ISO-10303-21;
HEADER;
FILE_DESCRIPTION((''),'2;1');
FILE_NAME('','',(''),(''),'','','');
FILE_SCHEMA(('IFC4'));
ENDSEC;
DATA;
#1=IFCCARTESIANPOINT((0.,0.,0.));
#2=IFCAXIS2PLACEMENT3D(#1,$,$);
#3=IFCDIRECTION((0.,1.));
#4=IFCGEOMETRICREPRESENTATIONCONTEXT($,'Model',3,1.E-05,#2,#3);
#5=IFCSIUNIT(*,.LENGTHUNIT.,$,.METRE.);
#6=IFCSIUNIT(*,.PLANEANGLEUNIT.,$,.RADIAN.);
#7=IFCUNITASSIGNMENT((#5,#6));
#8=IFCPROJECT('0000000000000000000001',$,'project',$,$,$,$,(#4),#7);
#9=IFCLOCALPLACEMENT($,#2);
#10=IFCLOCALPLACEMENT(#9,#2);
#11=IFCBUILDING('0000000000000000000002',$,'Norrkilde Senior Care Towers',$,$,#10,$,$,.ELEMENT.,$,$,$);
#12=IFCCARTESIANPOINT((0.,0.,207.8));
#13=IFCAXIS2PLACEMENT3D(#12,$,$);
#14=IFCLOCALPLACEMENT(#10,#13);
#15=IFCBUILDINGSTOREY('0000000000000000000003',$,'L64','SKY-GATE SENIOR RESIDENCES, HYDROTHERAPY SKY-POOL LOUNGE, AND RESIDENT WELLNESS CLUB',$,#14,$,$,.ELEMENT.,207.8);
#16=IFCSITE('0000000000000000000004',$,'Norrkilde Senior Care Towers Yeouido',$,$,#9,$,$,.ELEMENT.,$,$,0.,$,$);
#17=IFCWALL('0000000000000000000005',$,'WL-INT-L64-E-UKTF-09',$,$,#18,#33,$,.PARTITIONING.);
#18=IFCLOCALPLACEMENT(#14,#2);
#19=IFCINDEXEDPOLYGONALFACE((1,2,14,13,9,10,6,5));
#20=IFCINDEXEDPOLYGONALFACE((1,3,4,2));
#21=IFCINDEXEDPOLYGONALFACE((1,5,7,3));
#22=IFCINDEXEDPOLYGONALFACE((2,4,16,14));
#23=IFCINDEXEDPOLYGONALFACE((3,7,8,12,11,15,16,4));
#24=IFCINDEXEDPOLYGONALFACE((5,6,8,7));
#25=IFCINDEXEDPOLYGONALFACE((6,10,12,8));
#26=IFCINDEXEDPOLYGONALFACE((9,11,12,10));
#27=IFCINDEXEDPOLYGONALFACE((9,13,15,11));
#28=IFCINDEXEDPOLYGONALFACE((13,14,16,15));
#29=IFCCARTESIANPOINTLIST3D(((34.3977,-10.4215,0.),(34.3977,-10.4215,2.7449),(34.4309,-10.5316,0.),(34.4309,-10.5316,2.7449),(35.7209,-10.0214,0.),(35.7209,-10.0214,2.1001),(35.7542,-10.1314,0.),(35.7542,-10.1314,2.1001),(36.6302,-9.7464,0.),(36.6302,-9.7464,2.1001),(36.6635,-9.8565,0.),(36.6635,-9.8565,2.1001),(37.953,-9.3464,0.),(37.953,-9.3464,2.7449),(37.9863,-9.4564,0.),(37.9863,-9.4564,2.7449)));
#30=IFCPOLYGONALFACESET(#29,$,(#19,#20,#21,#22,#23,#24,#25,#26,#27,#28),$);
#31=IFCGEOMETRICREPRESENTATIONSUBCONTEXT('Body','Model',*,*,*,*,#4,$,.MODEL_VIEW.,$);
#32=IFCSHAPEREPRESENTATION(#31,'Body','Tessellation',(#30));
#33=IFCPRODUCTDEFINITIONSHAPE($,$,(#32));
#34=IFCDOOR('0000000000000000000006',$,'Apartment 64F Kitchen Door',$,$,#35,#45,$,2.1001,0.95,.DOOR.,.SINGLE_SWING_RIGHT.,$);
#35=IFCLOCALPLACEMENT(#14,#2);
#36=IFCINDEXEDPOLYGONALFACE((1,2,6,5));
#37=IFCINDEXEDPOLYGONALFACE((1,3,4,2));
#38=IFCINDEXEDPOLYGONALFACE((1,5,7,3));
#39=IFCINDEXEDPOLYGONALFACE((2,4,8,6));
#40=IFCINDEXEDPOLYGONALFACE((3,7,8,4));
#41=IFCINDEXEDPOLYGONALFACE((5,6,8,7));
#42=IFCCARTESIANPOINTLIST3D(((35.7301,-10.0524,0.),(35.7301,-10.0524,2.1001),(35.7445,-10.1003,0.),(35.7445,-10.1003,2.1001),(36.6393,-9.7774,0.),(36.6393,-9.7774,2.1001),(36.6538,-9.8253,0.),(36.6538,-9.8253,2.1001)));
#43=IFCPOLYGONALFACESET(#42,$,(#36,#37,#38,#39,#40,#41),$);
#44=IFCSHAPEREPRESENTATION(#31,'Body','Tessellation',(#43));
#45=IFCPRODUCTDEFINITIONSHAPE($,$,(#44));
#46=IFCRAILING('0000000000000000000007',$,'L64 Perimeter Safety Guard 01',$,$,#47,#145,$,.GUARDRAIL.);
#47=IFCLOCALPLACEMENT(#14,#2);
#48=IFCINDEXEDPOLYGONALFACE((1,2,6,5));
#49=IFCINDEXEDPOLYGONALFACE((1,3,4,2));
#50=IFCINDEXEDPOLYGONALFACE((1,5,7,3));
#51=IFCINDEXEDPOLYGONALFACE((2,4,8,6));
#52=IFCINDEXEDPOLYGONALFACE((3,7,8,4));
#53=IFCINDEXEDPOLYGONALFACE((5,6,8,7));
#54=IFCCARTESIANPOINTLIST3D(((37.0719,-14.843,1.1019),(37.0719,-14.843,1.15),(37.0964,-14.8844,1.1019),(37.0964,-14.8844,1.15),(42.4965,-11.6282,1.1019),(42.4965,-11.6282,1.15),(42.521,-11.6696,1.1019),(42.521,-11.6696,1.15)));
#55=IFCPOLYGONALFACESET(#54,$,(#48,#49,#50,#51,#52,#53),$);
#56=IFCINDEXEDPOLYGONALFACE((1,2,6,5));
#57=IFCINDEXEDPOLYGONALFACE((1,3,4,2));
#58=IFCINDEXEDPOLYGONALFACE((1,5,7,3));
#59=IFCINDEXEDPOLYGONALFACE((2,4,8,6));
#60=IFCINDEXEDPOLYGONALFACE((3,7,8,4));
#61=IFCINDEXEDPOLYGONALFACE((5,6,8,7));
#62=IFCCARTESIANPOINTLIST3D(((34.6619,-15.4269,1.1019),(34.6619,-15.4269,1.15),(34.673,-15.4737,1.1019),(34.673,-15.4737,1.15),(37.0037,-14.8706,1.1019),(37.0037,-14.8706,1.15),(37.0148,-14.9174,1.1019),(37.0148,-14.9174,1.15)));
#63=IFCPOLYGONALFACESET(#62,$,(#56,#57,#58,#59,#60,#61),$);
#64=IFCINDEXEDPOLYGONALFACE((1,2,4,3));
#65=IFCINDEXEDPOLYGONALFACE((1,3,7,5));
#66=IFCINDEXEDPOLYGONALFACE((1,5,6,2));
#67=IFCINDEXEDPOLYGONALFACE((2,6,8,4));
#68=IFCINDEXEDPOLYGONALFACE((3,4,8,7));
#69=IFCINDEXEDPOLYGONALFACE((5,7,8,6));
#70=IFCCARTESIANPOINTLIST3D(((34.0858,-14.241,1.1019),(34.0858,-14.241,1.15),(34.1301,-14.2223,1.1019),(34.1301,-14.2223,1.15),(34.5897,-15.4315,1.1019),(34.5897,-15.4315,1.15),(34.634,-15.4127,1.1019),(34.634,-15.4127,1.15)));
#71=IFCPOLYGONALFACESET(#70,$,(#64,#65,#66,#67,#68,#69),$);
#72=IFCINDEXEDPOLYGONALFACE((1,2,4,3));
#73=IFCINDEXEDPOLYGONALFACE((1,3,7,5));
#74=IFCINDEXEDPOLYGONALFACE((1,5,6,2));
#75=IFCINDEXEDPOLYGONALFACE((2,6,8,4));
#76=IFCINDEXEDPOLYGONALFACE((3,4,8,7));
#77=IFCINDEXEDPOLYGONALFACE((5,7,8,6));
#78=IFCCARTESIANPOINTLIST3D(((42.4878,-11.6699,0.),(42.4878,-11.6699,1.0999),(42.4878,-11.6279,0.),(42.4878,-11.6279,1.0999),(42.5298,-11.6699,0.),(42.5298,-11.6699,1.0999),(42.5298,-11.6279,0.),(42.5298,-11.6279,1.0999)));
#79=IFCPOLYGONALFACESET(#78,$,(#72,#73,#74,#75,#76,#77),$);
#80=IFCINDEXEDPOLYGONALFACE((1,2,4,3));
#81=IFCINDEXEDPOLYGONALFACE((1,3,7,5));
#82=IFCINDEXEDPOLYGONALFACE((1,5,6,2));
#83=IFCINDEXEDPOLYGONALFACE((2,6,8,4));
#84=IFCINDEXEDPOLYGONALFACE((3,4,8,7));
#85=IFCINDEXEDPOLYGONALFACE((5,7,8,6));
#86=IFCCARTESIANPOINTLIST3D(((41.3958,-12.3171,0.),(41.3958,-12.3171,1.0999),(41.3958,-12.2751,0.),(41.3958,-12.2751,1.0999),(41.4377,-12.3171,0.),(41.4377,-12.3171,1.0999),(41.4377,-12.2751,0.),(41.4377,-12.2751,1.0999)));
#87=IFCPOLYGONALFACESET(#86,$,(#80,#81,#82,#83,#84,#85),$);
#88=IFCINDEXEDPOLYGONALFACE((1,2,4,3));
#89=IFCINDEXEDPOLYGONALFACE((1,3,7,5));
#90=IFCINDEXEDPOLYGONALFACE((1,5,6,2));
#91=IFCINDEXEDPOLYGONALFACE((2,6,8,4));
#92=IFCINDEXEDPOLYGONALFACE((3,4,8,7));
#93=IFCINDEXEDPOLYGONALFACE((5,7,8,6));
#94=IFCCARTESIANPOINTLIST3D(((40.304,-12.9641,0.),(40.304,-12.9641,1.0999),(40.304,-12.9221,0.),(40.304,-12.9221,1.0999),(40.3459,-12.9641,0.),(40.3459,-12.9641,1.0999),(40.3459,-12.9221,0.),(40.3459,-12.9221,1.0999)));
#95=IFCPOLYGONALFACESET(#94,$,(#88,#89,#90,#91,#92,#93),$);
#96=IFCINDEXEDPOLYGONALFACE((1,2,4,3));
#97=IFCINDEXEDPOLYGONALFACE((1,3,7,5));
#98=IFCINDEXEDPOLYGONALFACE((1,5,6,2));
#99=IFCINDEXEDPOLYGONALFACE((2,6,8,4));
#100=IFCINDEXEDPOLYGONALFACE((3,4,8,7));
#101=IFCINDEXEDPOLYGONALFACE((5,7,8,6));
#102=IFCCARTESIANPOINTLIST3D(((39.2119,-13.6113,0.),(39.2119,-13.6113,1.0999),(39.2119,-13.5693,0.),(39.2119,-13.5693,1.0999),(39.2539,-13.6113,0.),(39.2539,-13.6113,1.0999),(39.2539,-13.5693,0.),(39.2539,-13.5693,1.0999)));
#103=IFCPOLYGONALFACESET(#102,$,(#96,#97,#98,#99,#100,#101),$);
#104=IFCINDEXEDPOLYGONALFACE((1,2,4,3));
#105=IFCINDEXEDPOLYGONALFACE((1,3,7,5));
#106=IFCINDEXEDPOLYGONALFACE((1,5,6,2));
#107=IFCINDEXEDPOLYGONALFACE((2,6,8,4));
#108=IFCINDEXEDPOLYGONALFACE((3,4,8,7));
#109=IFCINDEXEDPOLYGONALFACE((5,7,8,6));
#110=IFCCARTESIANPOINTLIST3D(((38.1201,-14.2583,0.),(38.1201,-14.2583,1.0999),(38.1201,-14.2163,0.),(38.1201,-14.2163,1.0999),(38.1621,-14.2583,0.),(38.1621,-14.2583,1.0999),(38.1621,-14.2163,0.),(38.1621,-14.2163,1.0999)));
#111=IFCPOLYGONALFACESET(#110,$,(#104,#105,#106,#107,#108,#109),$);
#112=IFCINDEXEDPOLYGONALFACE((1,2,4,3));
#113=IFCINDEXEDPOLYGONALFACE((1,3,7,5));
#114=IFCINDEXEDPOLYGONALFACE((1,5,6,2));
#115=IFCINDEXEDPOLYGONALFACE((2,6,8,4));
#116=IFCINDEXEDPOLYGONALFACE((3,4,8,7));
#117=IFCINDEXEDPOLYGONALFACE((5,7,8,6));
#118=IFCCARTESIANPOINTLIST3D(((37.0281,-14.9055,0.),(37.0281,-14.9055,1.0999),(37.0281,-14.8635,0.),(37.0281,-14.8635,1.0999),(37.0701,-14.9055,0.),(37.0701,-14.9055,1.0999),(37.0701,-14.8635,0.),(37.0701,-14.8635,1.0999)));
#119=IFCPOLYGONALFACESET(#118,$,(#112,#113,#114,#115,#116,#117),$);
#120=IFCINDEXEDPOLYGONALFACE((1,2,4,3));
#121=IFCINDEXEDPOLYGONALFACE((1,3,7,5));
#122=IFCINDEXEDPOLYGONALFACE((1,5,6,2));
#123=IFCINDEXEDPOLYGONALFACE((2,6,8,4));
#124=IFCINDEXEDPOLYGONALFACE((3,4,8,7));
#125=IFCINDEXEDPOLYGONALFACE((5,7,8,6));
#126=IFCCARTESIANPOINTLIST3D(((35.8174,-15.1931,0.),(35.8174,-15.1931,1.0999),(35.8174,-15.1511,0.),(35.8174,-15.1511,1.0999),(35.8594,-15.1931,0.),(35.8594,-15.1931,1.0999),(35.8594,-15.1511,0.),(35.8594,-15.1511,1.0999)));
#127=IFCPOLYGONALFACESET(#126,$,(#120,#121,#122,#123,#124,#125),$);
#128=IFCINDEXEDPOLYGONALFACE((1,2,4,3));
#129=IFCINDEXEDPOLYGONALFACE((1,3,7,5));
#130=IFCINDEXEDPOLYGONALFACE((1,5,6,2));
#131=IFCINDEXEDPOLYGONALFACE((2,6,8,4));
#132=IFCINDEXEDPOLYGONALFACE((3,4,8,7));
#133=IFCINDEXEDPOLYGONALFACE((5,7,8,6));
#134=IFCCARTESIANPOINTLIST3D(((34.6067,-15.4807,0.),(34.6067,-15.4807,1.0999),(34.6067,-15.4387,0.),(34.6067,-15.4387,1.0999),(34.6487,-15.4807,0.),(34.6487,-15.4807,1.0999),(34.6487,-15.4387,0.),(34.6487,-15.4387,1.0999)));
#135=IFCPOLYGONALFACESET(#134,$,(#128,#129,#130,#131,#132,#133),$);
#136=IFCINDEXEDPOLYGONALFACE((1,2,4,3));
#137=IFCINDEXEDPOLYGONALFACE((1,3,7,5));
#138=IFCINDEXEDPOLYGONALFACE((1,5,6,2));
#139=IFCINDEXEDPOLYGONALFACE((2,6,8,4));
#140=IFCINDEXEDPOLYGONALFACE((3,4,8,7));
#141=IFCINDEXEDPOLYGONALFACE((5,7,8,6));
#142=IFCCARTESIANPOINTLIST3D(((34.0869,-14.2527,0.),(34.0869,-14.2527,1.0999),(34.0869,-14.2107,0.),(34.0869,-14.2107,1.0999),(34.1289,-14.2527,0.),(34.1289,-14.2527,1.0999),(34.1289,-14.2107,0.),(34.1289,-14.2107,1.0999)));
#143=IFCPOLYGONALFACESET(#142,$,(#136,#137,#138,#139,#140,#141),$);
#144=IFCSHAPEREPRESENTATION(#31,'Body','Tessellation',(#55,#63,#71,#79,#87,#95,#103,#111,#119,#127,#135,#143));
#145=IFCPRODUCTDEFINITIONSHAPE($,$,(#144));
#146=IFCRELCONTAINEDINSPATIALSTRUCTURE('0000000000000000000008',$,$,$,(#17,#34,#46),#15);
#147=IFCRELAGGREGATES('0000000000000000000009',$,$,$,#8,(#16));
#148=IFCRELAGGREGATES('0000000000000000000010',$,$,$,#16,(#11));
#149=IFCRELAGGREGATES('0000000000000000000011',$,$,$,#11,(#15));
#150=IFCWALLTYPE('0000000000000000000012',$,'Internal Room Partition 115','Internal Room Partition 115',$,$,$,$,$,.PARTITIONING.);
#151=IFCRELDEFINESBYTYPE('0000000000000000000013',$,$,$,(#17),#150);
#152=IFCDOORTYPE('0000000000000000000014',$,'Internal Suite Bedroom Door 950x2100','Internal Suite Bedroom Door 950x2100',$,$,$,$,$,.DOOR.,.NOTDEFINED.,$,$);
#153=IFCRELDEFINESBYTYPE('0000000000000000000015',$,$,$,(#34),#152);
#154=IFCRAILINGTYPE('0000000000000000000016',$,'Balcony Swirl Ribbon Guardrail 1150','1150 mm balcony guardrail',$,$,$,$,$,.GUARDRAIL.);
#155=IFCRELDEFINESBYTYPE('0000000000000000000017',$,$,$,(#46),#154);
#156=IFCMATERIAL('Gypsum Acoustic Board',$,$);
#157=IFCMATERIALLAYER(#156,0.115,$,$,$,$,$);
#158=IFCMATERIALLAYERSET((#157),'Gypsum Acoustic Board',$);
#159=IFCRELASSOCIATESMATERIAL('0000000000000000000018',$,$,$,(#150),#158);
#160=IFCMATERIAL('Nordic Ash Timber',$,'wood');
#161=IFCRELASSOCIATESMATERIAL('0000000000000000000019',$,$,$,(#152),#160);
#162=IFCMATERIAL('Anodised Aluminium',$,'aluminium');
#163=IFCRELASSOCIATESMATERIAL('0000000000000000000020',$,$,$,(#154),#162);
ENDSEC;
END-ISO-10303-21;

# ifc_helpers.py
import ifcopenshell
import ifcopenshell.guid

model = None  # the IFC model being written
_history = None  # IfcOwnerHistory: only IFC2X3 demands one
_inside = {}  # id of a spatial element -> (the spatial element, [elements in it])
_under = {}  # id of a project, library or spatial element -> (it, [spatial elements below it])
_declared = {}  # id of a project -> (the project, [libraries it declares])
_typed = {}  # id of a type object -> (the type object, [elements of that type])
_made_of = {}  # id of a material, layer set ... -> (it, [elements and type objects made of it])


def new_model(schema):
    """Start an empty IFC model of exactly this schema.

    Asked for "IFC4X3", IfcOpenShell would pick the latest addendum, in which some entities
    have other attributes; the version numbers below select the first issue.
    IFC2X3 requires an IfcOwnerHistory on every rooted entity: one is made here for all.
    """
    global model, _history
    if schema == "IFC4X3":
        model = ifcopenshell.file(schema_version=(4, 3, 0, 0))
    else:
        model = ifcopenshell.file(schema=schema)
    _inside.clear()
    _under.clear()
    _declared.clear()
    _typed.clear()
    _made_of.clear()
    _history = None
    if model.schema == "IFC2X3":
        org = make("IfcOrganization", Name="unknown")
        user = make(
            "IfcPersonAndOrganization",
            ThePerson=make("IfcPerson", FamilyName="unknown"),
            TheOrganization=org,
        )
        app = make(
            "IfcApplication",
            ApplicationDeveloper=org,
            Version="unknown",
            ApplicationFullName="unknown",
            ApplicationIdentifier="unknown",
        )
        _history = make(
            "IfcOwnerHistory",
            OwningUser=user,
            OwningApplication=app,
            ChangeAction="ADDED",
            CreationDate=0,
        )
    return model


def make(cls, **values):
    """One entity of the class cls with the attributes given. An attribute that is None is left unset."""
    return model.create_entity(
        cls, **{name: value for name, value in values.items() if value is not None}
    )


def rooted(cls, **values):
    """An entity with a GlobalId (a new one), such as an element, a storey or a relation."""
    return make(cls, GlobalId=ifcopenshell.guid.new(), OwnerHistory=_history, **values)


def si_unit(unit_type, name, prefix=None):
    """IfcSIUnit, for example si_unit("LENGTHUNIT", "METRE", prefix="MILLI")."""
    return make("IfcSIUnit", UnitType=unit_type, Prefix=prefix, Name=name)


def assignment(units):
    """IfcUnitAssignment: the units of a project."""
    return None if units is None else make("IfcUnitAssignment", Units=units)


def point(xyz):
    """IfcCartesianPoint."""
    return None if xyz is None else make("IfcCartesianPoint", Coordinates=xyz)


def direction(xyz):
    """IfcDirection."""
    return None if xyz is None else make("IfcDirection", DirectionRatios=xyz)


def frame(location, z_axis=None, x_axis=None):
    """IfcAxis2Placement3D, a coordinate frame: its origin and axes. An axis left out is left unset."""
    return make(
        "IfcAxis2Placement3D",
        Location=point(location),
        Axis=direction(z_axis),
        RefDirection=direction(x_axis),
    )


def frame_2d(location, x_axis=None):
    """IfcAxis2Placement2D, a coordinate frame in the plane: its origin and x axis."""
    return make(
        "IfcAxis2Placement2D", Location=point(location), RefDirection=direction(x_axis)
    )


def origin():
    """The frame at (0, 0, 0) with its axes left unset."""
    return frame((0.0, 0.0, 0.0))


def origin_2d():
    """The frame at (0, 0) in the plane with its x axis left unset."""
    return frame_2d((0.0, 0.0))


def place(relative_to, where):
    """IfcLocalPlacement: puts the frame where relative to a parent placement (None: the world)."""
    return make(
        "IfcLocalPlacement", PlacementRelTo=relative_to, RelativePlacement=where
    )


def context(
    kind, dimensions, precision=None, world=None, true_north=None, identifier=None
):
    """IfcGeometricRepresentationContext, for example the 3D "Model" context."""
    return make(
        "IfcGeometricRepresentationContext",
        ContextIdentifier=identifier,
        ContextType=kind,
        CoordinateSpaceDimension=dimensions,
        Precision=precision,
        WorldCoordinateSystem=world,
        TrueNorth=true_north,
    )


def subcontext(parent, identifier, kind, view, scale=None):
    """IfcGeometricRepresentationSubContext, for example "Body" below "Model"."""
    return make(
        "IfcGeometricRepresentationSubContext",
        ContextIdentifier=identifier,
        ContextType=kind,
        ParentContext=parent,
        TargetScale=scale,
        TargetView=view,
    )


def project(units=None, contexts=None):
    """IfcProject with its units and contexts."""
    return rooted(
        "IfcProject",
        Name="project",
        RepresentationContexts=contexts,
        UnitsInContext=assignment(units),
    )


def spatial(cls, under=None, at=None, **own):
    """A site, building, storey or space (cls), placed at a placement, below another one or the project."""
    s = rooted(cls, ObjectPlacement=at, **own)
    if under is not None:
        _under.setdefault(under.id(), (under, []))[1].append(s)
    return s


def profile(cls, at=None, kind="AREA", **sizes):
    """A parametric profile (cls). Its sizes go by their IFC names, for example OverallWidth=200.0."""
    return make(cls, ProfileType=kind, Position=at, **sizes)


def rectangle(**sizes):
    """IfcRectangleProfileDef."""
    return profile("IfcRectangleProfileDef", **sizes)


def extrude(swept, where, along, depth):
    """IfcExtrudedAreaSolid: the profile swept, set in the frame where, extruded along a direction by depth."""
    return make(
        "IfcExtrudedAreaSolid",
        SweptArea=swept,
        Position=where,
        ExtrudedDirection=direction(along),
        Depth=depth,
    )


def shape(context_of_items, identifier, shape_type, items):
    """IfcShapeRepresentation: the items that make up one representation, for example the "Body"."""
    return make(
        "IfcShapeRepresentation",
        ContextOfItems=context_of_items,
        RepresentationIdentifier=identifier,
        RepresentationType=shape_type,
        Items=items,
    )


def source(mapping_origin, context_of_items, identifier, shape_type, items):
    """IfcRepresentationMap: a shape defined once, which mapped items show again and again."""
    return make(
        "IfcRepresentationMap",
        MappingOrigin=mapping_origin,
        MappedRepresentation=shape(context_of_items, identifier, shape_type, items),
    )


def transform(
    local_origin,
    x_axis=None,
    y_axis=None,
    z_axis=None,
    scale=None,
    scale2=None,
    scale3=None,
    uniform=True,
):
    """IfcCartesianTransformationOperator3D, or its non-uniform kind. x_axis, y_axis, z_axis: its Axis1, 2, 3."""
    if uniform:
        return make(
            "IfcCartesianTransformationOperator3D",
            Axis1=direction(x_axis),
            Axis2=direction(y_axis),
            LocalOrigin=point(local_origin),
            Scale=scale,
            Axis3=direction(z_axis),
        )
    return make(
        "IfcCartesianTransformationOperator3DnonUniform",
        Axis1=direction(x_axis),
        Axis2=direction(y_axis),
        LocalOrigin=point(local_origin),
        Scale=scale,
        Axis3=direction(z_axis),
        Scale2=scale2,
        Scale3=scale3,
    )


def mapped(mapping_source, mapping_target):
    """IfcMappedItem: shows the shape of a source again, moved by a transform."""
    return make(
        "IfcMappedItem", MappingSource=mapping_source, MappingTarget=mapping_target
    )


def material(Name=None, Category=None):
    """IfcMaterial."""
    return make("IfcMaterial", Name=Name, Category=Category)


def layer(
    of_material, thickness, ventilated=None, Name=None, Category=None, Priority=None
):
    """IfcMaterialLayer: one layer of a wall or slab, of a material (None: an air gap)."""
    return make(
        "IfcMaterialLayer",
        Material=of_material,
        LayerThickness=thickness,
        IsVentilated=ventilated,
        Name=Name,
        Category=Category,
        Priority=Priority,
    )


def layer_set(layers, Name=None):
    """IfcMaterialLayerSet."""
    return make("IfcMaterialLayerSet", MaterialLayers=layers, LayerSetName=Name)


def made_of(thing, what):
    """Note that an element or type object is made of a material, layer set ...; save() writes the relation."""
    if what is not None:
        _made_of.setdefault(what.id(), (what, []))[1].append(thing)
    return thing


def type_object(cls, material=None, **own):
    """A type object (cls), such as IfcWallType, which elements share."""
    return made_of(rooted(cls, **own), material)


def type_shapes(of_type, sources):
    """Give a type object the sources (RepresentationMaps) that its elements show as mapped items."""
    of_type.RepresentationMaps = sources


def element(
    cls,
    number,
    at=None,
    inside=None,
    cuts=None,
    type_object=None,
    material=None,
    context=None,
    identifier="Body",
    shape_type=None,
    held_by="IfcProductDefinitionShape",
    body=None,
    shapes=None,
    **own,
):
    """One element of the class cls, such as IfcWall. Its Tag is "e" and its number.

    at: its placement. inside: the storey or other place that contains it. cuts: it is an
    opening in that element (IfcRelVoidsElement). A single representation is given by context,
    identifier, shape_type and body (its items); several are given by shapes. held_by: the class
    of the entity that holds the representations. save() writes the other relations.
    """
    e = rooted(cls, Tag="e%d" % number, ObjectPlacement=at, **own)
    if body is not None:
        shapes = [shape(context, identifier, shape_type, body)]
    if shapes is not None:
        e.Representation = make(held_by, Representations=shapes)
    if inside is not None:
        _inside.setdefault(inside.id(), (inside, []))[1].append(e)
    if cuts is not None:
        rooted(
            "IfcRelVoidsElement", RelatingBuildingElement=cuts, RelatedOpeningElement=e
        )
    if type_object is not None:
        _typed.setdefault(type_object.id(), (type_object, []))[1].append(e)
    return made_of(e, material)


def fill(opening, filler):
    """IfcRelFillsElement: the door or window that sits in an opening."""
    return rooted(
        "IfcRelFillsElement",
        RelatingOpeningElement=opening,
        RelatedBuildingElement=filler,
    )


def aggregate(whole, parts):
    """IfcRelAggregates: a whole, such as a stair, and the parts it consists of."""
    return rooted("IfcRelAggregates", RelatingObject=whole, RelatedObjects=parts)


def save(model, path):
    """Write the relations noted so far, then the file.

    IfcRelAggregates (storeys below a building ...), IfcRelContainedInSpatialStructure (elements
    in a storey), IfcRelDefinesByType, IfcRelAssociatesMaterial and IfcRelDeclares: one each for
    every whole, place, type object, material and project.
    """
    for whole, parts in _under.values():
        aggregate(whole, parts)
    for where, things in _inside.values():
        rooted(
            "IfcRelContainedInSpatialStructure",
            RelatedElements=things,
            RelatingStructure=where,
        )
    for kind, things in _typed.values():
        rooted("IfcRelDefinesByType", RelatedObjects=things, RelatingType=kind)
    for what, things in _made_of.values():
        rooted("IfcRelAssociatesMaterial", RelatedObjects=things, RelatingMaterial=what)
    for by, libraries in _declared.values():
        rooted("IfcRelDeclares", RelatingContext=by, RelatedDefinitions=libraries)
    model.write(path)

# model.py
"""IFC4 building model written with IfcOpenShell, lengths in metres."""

from ifc_helpers import new_model, si_unit, direction, frame, frame_2d, origin, origin_2d, place, context, subcontext, project, spatial, rectangle, extrude, source, transform, mapped, material, layer, layer_set, type_object, type_shapes, element, fill, save


model = new_model("IFC4")

# Units and contexts
model_context = context("Model", 3, precision=1e-05, world=origin(), true_north=direction((0.0, 1.0)))
body_context = subcontext(model_context, "Body", "Model", "MODEL_VIEW")
ifc_project = project(units=[si_unit("LENGTHUNIT", "METRE"), si_unit("PLANEANGLEUNIT", "RADIAN")], contexts=[model_context])

# Site, building, storey
site_placement = place(None, origin())
site = spatial("IfcSite", under=ifc_project, at=site_placement, Name="Norrkilde Senior Care Towers Yeouido", CompositionType="ELEMENT", RefElevation=0.0)
building_placement = place(site_placement, origin())
building = spatial("IfcBuilding", under=site, at=building_placement, Name="Norrkilde Senior Care Towers", CompositionType="ELEMENT")
storey_placement = place(building_placement, frame((0.0, 0.0, 207.8)))
storey = spatial("IfcBuildingStorey", under=building, at=storey_placement, Name="L64", Description="SKY-GATE SENIOR RESIDENCES, HYDROTHERAPY SKY-POOL LOUNGE, AND RESIDENT WELLNESS CLUB", CompositionType="ELEMENT", Elevation=207.8)

# Shared definitions
ifc_material_1 = material(Name="Anodised Aluminium", Category="aluminium")

# Shared definitions
ifc_material_2 = material(Name="Gypsum Acoustic Board")
ifc_material_3 = material(Name="Nordic Ash Timber", Category="wood")
ifc_layer_1 = layer(ifc_material_2, 0.115)
ifc_layer_set_1 = layer_set([ifc_layer_1], Name="Gypsum Acoustic Board")
wall_type_1 = type_object("IfcWallType", Name="Internal Room Partition 115", Description="Internal Room Partition 115", PredefinedType="PARTITIONING", material=ifc_layer_set_1)
door_type_1 = type_object("IfcDoorType", Name="Internal Suite Bedroom Door 950x2100", Description="Internal Suite Bedroom Door 950x2100", OperationType="NOTDEFINED", PredefinedType="DOOR", material=ifc_material_3)
shared_shape_1 = source(origin(), body_context, "Body", "SweptSolid", [
    extrude(rectangle(XDim=0.95, YDim=2.1001, at=frame_2d((0.4751, 1.05))), frame((0.0, 0.0249, 0.0), z_axis=(0.0, -1.0, 0.0), x_axis=(1.0, 0.0, 0.0)), (0.0, 0.0, 1.0), 0.05),
])
type_shapes(door_type_1, [shared_shape_1])

# Wall, opening, door
shared_shape_2 = source(origin(), body_context, "Body", "SweptSolid", [
    extrude(rectangle(XDim=3.7144, YDim=0.115, at=frame_2d((1.8572, 0.0))), origin(), (0.0, 0.0, 1.0), 2.7449),
])
wall_1_placement = place(storey_placement, frame((34.4143, -10.4766, 0.0), z_axis=(0.0, 0.0, 1.0), x_axis=(0.957189, 0.289464, 0.0)))
wall_1 = element("IfcWall", 1, at=wall_1_placement, inside=storey, type_object=wall_type_1, Name="WL-INT-L64-E-UKTF-09", PredefinedType="PARTITIONING", context=body_context, shape_type="MappedRepresentation", body=[
    mapped(shared_shape_2, transform((0.0, 0.0, 0.0), x_axis=(1.0, 0.0, 0.0), y_axis=(0.0, 1.0, 0.0), z_axis=(0.0, 0.0, 1.0), scale=1.0)),
])
opening_1_placement = place(wall_1_placement, frame((1.3823, 0.0, 0.0)))
opening_1 = element("IfcOpeningElement", 2, at=opening_1_placement, cuts=wall_1, PredefinedType="OPENING", context=body_context, shape_type="SweptSolid", body=[
    extrude(rectangle(XDim=0.95, YDim=2.1001, at=frame_2d((0.4751, 1.05))), frame((0.0, 0.0674, 0.0), z_axis=(0.0, -1.0, 0.0), x_axis=(1.0, 0.0, 0.0)), (0.0, 0.0, 1.0), 0.135),
])
door_1_placement = place(opening_1_placement, frame((0.95, 0.0, 0.0), z_axis=(0.0, 0.0, 1.0), x_axis=(-1.0, 0.0, 0.0)))
door_1 = element("IfcDoor", 3, at=door_1_placement, inside=storey, type_object=door_type_1, Name="Apartment 64F Kitchen Door", OperationType="SINGLE_SWING_RIGHT", OverallHeight=2.1001, OverallWidth=0.95, PredefinedType="DOOR", context=body_context, shape_type="MappedRepresentation", body=[
    mapped(shared_shape_1, transform((0.0, 0.0, 0.0), x_axis=(1.0, 0.0, 0.0), y_axis=(0.0, 1.0, 0.0), z_axis=(0.0, 0.0, 1.0), scale=1.0)),
])
fill(opening_1, door_1)

# Railing
railing_type = type_object("IfcRailingType", Name="Balcony Swirl Ribbon Guardrail 1150", Description="1150 mm balcony guardrail", PredefinedType="GUARDRAIL", material=ifc_material_1)
railing_placement = place(storey_placement, frame((42.5088, -11.6489, 0.0)))
element("IfcRailing", 4, at=railing_placement, inside=storey, type_object=railing_type, Name="L64 Perimeter Safety Guard 01", PredefinedType="GUARDRAIL", context=body_context, shape_type="SweptSolid", body=[
    extrude(rectangle(XDim=0.0481, YDim=0.0481, at=origin_2d()), frame((0.0, 0.0, 1.126), z_axis=(-0.860277, -0.509827, 0.0), x_axis=(0.509827, -0.860277, 0.0)), (0.0, 0.0, 1.0), 6.3057),
    extrude(rectangle(XDim=0.0481, YDim=0.0481, at=origin_2d()), frame((-5.4995, -3.2451, 1.126), z_axis=(-0.972926, -0.231117, 0.0), x_axis=(0.231117, -0.972926, 0.0)), (0.0, 0.0, 1.0), 2.407),
    extrude(rectangle(XDim=0.0481, YDim=0.0481, at=origin_2d()), frame((-7.897, -3.7732, 1.126), z_axis=(-0.389783, 0.920907, 0.0), x_axis=(-0.920907, -0.389783, 0.0)), (0.0, 0.0, 1.0), 1.2927),
    extrude(rectangle(XDim=0.042, YDim=0.042, at=origin_2d()), origin(), (0.0, 0.0, 1.0), 1.0999),
    extrude(rectangle(XDim=0.042, YDim=0.042, at=origin_2d()), frame((-1.092, -0.6472, 0.0)), (0.0, 0.0, 1.0), 1.0999),
    extrude(rectangle(XDim=0.042, YDim=0.042, at=origin_2d()), frame((-2.1838, -1.2942, 0.0)), (0.0, 0.0, 1.0), 1.0999),
    extrude(rectangle(XDim=0.042, YDim=0.042, at=origin_2d()), frame((-3.2759, -1.9414, 0.0)), (0.0, 0.0, 1.0), 1.0999),
    extrude(rectangle(XDim=0.042, YDim=0.042, at=origin_2d()), frame((-4.3677, -2.5884, 0.0)), (0.0, 0.0, 1.0), 1.0999),
    extrude(rectangle(XDim=0.042, YDim=0.042, at=origin_2d()), frame((-5.4597, -3.2356, 0.0)), (0.0, 0.0, 1.0), 1.0999),
    extrude(rectangle(XDim=0.042, YDim=0.042, at=origin_2d()), frame((-6.6704, -3.5232, 0.0)), (0.0, 0.0, 1.0), 1.0999),
    extrude(rectangle(XDim=0.042, YDim=0.042, at=origin_2d()), frame((-7.8811, -3.8108, 0.0)), (0.0, 0.0, 1.0), 1.0999),
    extrude(rectangle(XDim=0.042, YDim=0.042, at=origin_2d()), frame((-8.4009, -2.5828, 0.0)), (0.0, 0.0, 1.0), 1.0999),
])

save(model, "model.ifc")
